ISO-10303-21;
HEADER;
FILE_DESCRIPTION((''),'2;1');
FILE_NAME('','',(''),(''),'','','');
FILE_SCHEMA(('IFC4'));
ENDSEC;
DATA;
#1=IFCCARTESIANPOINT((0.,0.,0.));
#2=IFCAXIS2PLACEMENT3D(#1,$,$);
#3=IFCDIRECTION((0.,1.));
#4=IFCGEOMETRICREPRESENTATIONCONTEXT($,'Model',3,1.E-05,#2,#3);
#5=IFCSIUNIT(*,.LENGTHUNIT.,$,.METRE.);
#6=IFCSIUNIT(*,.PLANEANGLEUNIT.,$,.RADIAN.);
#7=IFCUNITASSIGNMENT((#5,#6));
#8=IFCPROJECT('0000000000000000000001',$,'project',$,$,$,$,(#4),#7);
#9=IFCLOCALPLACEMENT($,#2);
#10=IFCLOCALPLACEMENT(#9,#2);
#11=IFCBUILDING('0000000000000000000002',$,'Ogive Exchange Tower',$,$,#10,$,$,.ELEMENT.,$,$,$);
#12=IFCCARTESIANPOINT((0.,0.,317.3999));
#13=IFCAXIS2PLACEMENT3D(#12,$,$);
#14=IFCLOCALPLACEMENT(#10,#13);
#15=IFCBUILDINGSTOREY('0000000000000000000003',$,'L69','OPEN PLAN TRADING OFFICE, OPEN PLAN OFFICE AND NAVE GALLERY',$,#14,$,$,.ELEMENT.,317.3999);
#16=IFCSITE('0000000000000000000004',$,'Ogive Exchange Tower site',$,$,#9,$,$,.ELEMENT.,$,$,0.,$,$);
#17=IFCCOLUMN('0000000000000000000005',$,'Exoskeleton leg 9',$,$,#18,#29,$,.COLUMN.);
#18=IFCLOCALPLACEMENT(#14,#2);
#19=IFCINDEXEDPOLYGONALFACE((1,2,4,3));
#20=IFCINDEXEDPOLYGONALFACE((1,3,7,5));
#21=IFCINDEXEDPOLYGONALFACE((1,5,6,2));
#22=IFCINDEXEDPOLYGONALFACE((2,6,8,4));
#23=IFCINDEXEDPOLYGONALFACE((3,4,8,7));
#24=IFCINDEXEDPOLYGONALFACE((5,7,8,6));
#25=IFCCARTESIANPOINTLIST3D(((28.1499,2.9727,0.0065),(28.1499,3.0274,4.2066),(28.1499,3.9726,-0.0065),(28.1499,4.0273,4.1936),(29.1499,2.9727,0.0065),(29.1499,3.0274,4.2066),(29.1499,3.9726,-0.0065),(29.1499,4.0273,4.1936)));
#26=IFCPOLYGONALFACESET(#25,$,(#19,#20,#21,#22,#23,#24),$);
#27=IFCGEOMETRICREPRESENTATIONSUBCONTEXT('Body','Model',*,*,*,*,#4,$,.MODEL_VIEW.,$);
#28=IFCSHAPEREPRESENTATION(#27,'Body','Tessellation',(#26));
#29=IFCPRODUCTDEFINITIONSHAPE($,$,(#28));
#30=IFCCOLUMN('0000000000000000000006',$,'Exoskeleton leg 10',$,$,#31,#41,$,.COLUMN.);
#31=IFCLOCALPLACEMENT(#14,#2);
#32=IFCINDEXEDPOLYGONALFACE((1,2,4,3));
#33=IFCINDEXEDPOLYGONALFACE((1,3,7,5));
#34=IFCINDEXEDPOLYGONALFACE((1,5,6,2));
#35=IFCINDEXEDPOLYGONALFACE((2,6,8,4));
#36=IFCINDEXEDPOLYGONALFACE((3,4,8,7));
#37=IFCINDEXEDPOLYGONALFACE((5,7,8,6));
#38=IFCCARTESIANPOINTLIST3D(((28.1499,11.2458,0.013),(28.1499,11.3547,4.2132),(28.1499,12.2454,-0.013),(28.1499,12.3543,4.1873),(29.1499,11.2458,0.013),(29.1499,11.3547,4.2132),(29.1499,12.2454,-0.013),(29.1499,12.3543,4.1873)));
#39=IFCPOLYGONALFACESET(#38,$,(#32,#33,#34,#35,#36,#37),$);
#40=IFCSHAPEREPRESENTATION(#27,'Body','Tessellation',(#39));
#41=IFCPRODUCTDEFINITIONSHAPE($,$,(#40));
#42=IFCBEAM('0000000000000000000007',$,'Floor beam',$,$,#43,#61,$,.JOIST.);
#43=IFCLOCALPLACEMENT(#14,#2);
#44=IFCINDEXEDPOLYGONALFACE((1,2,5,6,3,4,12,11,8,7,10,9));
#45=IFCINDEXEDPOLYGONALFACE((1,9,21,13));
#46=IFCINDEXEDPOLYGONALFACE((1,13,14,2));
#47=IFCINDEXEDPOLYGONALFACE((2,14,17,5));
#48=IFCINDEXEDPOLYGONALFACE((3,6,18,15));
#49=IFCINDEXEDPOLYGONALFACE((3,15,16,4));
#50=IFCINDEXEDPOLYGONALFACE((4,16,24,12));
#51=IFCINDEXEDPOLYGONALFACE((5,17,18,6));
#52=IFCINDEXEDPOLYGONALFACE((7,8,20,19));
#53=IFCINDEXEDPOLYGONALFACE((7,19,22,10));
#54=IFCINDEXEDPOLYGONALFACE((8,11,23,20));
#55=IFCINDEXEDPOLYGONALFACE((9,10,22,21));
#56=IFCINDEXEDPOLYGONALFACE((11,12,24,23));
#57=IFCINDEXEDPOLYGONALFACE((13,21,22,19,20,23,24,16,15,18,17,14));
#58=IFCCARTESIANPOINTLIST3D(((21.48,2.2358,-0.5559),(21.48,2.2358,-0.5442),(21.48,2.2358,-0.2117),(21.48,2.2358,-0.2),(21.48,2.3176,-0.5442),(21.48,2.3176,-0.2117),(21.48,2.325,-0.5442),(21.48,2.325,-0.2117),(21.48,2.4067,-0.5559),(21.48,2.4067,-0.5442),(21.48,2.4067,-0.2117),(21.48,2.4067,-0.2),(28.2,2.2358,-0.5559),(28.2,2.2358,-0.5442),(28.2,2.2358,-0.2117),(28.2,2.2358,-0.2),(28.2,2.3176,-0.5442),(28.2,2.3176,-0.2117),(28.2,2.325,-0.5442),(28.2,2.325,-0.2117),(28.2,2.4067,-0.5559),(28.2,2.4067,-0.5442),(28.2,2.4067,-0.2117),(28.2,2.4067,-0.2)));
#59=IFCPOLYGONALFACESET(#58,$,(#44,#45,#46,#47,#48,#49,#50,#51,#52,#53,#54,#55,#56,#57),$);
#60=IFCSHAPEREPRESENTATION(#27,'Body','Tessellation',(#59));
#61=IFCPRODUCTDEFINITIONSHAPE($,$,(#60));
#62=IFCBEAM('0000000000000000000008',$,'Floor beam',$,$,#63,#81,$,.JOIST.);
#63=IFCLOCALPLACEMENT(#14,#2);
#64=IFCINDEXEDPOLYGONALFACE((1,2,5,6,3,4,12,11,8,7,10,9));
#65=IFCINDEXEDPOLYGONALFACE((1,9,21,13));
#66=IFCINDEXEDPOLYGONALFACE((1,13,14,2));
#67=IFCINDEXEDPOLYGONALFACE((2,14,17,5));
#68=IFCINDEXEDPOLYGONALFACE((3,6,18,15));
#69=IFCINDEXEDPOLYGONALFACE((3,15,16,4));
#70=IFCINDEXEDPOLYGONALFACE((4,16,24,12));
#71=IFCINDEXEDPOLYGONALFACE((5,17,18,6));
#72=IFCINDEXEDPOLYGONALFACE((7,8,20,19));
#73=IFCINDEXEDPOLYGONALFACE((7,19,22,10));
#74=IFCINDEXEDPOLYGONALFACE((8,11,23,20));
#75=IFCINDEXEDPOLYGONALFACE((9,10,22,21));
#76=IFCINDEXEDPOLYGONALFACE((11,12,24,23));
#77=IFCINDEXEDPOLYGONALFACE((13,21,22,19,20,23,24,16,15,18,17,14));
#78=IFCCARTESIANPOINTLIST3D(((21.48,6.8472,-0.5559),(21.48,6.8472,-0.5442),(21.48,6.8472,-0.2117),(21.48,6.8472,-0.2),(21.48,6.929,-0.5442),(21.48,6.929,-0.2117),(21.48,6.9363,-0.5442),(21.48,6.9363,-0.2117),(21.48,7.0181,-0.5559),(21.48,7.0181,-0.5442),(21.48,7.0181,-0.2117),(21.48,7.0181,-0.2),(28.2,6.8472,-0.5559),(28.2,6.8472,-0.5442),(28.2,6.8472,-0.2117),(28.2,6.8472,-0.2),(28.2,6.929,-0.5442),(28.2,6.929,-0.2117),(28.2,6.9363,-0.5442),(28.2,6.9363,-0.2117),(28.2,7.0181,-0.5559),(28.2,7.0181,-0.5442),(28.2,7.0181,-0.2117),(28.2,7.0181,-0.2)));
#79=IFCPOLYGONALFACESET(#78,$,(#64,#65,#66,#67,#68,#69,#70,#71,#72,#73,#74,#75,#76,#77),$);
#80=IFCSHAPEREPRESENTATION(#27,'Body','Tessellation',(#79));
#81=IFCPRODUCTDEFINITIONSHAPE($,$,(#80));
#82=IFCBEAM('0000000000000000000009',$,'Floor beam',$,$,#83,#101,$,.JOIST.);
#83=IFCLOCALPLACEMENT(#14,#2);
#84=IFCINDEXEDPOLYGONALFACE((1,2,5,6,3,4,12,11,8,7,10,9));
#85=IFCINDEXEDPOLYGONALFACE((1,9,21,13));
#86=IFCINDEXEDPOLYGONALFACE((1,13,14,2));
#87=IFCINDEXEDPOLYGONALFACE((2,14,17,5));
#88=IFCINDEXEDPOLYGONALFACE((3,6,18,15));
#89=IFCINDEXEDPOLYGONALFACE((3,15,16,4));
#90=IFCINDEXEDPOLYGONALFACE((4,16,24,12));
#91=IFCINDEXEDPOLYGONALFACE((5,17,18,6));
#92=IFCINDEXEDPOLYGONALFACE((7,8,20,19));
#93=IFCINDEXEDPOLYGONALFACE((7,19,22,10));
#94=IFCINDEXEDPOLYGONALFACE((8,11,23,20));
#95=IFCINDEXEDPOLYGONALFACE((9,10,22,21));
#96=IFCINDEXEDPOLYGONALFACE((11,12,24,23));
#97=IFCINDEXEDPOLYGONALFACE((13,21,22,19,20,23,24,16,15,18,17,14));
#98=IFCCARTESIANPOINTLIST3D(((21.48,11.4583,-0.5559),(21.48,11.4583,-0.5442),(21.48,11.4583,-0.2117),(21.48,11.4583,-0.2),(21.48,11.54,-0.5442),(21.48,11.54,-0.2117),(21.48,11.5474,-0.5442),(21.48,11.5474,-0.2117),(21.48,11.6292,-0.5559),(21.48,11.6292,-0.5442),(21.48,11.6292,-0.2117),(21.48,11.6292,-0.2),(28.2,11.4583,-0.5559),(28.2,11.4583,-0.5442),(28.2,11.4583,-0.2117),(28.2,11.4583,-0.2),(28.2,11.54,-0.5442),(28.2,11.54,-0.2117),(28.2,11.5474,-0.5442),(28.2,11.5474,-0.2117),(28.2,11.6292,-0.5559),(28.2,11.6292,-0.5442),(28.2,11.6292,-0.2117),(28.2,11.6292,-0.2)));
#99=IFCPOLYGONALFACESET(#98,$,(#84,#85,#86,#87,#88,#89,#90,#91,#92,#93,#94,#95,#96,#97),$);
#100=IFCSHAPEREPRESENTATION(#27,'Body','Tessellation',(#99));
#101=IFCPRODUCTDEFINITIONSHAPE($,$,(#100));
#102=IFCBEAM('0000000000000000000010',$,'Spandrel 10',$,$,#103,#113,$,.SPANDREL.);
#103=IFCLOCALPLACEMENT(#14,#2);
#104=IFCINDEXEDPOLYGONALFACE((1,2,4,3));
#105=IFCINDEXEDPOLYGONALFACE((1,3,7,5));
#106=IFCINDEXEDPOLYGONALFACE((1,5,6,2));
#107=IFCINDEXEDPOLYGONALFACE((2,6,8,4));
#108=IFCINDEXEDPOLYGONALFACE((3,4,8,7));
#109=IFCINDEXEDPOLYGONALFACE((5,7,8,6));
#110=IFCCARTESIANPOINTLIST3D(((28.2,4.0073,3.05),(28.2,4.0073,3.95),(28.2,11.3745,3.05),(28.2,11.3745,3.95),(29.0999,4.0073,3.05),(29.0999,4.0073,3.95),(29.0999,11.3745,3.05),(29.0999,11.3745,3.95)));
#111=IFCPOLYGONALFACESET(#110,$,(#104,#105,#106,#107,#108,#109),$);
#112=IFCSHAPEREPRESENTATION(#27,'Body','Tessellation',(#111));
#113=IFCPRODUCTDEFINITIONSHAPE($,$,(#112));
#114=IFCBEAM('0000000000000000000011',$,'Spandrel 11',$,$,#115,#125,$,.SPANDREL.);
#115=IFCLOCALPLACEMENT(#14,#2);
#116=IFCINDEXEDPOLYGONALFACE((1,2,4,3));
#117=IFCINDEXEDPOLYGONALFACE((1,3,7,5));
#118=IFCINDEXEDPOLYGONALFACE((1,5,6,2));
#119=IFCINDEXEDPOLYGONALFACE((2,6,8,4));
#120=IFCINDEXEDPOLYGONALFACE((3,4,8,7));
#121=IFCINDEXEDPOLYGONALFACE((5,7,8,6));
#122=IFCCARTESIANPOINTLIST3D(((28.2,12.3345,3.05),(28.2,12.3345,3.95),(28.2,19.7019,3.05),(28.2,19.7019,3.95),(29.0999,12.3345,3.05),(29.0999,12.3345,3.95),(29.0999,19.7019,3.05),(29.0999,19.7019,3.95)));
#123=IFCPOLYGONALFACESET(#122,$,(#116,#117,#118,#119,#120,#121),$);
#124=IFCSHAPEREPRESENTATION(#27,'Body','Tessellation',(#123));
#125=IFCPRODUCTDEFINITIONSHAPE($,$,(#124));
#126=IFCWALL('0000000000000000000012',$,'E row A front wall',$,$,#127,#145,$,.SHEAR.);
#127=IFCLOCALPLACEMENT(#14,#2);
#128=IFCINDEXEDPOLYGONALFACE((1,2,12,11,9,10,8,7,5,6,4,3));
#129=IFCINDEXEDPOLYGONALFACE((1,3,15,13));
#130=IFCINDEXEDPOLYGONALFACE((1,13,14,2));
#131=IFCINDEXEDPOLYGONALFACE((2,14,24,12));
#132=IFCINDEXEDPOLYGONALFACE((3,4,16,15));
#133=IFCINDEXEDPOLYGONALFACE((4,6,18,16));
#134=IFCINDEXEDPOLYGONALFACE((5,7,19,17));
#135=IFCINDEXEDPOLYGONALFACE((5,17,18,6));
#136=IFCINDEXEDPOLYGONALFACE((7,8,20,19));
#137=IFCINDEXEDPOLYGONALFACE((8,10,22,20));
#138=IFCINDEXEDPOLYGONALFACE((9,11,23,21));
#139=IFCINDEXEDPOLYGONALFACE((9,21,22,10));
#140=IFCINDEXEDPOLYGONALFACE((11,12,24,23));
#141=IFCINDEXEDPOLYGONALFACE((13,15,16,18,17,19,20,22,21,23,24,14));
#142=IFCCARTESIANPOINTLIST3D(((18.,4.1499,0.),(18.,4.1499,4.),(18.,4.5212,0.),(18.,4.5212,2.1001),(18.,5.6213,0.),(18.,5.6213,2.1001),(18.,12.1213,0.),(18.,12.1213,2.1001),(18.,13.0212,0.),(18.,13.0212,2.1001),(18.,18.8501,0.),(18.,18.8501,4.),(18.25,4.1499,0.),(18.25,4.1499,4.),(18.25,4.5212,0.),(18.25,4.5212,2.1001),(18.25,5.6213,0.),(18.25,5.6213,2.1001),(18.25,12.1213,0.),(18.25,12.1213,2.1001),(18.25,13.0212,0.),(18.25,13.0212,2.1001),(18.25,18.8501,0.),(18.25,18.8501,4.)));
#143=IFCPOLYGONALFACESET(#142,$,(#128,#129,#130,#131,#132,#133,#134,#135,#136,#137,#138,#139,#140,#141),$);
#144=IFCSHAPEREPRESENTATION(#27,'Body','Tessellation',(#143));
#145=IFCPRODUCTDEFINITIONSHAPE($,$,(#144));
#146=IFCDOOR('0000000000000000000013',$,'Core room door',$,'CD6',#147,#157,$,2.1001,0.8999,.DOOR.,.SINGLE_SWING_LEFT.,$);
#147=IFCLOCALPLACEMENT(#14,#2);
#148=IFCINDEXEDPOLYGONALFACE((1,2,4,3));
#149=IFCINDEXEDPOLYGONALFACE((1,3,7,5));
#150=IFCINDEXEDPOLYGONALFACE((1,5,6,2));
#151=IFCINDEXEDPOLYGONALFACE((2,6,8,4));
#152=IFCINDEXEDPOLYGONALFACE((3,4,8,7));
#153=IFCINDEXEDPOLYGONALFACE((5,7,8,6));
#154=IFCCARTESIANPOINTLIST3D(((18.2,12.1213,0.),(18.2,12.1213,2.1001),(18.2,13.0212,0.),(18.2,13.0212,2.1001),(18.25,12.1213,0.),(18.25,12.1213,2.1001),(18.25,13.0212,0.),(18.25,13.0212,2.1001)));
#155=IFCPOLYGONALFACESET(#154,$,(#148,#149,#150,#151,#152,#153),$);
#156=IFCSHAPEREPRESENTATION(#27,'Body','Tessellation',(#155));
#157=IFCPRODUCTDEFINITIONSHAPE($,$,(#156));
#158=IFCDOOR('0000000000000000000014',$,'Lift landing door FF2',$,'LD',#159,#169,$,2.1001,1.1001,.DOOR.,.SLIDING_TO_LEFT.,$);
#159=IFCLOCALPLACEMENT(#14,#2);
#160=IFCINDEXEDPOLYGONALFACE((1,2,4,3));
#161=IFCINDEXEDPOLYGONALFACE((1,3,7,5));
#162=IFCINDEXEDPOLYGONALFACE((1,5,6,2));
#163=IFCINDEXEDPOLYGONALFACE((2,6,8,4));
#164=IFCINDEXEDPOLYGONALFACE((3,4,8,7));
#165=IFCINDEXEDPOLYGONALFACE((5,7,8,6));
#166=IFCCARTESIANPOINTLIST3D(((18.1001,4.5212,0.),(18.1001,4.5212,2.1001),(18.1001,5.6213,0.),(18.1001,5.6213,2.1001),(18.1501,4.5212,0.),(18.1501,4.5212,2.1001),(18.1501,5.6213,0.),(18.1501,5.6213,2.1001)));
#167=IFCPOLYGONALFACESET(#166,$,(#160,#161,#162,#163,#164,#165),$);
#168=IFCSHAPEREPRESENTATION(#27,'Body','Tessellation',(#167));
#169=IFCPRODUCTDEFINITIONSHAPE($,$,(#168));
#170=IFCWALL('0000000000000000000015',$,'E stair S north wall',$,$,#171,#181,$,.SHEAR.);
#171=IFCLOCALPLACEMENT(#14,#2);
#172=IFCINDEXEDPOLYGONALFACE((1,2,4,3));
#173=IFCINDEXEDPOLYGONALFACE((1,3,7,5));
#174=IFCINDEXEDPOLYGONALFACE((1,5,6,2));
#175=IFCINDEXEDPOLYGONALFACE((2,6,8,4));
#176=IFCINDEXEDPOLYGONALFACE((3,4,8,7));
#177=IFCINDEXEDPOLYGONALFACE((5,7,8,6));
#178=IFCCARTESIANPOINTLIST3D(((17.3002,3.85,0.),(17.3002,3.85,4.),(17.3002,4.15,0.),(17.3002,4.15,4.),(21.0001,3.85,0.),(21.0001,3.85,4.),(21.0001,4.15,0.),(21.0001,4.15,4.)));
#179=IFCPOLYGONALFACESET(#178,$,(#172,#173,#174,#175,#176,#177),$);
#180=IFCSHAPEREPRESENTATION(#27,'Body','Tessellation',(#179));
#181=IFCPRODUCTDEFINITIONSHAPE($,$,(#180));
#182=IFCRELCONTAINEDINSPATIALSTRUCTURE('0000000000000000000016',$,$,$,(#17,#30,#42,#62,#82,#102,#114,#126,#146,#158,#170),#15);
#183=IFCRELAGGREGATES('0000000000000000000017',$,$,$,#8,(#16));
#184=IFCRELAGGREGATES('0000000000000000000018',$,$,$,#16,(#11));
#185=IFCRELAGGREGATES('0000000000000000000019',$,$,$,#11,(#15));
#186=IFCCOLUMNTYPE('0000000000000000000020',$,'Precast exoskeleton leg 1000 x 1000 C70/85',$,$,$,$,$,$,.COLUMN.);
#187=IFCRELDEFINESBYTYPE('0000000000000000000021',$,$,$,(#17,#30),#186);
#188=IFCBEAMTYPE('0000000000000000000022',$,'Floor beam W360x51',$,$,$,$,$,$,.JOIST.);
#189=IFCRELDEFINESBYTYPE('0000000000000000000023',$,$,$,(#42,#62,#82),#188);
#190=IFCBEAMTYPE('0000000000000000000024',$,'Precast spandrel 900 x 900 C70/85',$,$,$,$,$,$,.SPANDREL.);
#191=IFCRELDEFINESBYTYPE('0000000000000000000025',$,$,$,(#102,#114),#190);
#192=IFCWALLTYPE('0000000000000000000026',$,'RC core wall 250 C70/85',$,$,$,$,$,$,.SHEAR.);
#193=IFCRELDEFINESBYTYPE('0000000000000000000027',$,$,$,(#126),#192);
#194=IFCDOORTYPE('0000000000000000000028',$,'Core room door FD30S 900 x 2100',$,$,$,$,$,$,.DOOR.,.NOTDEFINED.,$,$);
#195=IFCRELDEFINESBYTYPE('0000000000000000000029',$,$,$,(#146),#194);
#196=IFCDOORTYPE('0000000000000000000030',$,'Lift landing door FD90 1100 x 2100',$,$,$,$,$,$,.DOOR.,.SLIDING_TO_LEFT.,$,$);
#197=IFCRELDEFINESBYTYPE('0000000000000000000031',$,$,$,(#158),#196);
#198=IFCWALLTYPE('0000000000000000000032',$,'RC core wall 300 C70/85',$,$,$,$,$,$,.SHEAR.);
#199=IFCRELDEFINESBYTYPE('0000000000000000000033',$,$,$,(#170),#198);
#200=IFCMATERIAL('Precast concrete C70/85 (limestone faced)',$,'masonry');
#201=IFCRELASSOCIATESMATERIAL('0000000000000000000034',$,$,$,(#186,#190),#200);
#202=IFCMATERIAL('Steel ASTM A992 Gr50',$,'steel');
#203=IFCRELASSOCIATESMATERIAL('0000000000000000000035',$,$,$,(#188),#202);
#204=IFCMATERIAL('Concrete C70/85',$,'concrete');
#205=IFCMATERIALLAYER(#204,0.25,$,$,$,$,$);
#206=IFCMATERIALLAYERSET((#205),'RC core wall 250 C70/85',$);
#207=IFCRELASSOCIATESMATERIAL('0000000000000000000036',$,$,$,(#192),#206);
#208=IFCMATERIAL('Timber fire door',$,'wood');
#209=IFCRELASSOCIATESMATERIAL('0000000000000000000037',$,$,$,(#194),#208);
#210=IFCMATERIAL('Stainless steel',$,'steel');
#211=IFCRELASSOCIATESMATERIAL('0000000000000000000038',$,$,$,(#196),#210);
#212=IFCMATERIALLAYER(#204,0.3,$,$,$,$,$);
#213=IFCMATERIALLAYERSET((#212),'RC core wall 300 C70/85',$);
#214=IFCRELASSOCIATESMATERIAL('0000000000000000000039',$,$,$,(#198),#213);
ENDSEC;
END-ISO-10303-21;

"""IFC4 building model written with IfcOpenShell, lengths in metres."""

from ifc_helpers import new_model, si_unit, direction, frame, frame_2d, origin, origin_2d, place, context, subcontext, project, spatial, rectangle, i_section, extrude, material, layer, layer_set, material_profile, profile_set, type_object, element, fill, save


model = new_model("IFC4")

# Units and contexts
model_context = context("Model", 3, precision=1e-05, world=origin(), true_north=direction((0.0, 1.0)))
body_context = subcontext(model_context, "Body", "Model", "MODEL_VIEW")
ifc_project = project(units=[si_unit("LENGTHUNIT", "METRE"), si_unit("PLANEANGLEUNIT", "RADIAN")], contexts=[model_context])

# Site, building, storey
site_placement = place(None, origin())
site = spatial("IfcSite", under=ifc_project, at=site_placement, Name="Ogive Exchange Tower site", CompositionType="ELEMENT", RefElevation=0.0)
building_placement = place(site_placement, origin())
building = spatial("IfcBuilding", under=site, at=building_placement, Name="Ogive Exchange Tower", CompositionType="ELEMENT")
storey_placement = place(building_placement, frame((0.0, 0.0, 317.3999)))
storey = spatial("IfcBuildingStorey", under=building, at=storey_placement, Name="L69", Description="OPEN PLAN TRADING OFFICE, OPEN PLAN OFFICE AND NAVE GALLERY", CompositionType="ELEMENT", Elevation=317.3999)

# Columns
ifc_material_1 = material(Name="Precast concrete C70/85 (limestone faced)", Category="masonry")
ifc_material_profile_1 = material_profile(ifc_material_1, rectangle(XDim=1.0, YDim=1.0, at=origin_2d()), Name="1000 x 1000")
ifc_profile_set_1 = profile_set([ifc_material_profile_1], Name="Precast concrete C70/85 (limestone faced)")
column_type = type_object("IfcColumnType", Name="Precast exoskeleton leg 1000 x 1000 C70/85", PredefinedType="COLUMN", material=ifc_profile_set_1)
column_1_placement = place(storey_placement, frame((28.6499, 3.4727, 0.0), z_axis=(0.0, 0.013019, 0.999915), x_axis=(-1.0, 0.0, 0.0)))
element("IfcColumn", 1, at=column_1_placement, inside=storey, type_object=column_type, Name="Exoskeleton leg 9", PredefinedType="COLUMN", context=body_context, shape_type="SweptSolid", body=[
    extrude(rectangle(XDim=1.0, YDim=1.0, at=origin_2d()), origin(), (0.0, 0.0, 1.0), 4.2004),
])
column_2_placement = place(storey_placement, frame((28.6499, 11.7456, 0.0), z_axis=(0.0, 0.025915, 0.999664), x_axis=(-1.0, 0.0, 0.0)))
element("IfcColumn", 2, at=column_2_placement, inside=storey, type_object=column_type, Name="Exoskeleton leg 10", PredefinedType="COLUMN", context=body_context, shape_type="SweptSolid", body=[
    extrude(rectangle(XDim=1.0, YDim=1.0, at=origin_2d()), origin(), (0.0, 0.0, 1.0), 4.2017),
])

# Beams
ifc_material_2 = material(Name="Steel ASTM A992 Gr50", Category="steel")
ifc_material_profile_2 = material_profile(ifc_material_2, i_section(OverallWidth=0.1709, OverallDepth=0.356, WebThickness=0.0073, FlangeThickness=0.0117, at=origin_2d()), Name="W360x51")
ifc_profile_set_2 = profile_set([ifc_material_profile_2], Name="Steel ASTM A992 Gr50")
beam_type_1 = type_object("IfcBeamType", Name="Floor beam W360x51", PredefinedType="JOIST", material=ifc_profile_set_2)
for number, where, z_axis, x_axis, name in (
    (3, (21.48, 2.3213, -0.3779), (1.0, 0.0, 0.0), (0.0, 1.0, 0.0), "Floor beam"),
    (4, (21.48, 6.9326, -0.3779), (1.0, 0.0, 0.0), (0.0, 1.0, 0.0), "Floor beam"),
    (5, (21.48, 11.5437, -0.3779), (1.0, 0.0, 0.0), (0.0, 1.0, 0.0), "Floor beam"),
):
    element("IfcBeam", number, at=place(storey_placement, frame(where, z_axis=z_axis, x_axis=x_axis)), inside=storey, type_object=beam_type_1, Name=name, PredefinedType="JOIST", context=body_context, shape_type="SweptSolid", body=[
        extrude(i_section(OverallWidth=0.1709, OverallDepth=0.356, WebThickness=0.0073, FlangeThickness=0.0117, at=origin_2d()), origin(), (0.0, 0.0, 1.0), 6.72),
    ])
ifc_material_profile_3 = material_profile(ifc_material_1, rectangle(XDim=0.8999, YDim=0.8999, at=origin_2d()), Name="900 x 900")
ifc_profile_set_3 = profile_set([ifc_material_profile_3], Name="Precast concrete C70/85 (limestone faced)")
beam_type_2 = type_object("IfcBeamType", Name="Precast spandrel 900 x 900 C70/85", PredefinedType="SPANDREL", material=ifc_profile_set_3)
beam_1_placement = place(storey_placement, frame((28.6499, 4.0073, 3.5), z_axis=(0.0, 1.0, 0.0), x_axis=(-1.0, 0.0, 0.0)))
element("IfcBeam", 6, at=beam_1_placement, inside=storey, type_object=beam_type_2, Name="Spandrel 10", PredefinedType="SPANDREL", context=body_context, shape_type="SweptSolid", body=[
    extrude(rectangle(XDim=0.8999, YDim=0.8999, at=origin_2d()), origin(), (0.0, 0.0, 1.0), 7.3672),
])
beam_2_placement = place(storey_placement, frame((28.6499, 12.3345, 3.5), z_axis=(0.0, 1.0, 0.0), x_axis=(-1.0, 0.0, 0.0)))
element("IfcBeam", 7, at=beam_2_placement, inside=storey, type_object=beam_type_2, Name="Spandrel 11", PredefinedType="SPANDREL", context=body_context, shape_type="SweptSolid", body=[
    extrude(rectangle(XDim=0.8999, YDim=0.8999, at=origin_2d()), origin(), (0.0, 0.0, 1.0), 7.3674),
])

# Wall, openings, doors
ifc_material_3 = material(Name="Concrete C70/85", Category="concrete")
ifc_layer_1 = layer(ifc_material_3, 0.25)
ifc_layer_set_1 = layer_set([ifc_layer_1], Name="RC core wall 250 C70/85")
wall_type_1 = type_object("IfcWallType", Name="RC core wall 250 C70/85", PredefinedType="SHEAR", material=ifc_layer_set_1)
wall_1_placement = place(storey_placement, frame((18.125, 4.1499, 0.0), z_axis=(0.0, 0.0, 1.0), x_axis=(0.0, 1.0, 0.0)))
wall_1 = element("IfcWall", 8, at=wall_1_placement, inside=storey, type_object=wall_type_1, Name="E row A front wall", PredefinedType="SHEAR", context=body_context, shape_type="SweptSolid", body=[
    extrude(rectangle(XDim=14.7002, YDim=0.25, at=frame_2d((7.3501, 0.0))), origin(), (0.0, 0.0, 1.0), 4.0),
])
opening_1_placement = place(wall_1_placement, frame((7.9714, 0.0, 0.0)))
opening_1 = element("IfcOpeningElement", 9, at=opening_1_placement, cuts=wall_1, PredefinedType="OPENING", context=body_context, shape_type="SweptSolid", body=[
    extrude(rectangle(XDim=0.8999, YDim=2.1001, at=frame_2d((0.45, 1.05))), frame((0.0, 0.135, 0.0), z_axis=(0.0, -1.0, 0.0), x_axis=(1.0, 0.0, 0.0)), (0.0, 0.0, 1.0), 0.27),
])
opening_2_placement = place(wall_1_placement, frame((0.3713, 0.0, 0.0)))
opening_2 = element("IfcOpeningElement", 10, at=opening_2_placement, cuts=wall_1, PredefinedType="OPENING", context=body_context, shape_type="SweptSolid", body=[
    extrude(rectangle(XDim=1.1001, YDim=2.1001, at=frame_2d((0.55, 1.05))), frame((0.0, 0.135, 0.0), z_axis=(0.0, -1.0, 0.0), x_axis=(1.0, 0.0, 0.0)), (0.0, 0.0, 1.0), 0.27),
])
ifc_material_4 = material(Name="Timber fire door", Category="wood")
door_type_1 = type_object("IfcDoorType", Name="Core room door FD30S 900 x 2100", OperationType="NOTDEFINED", PredefinedType="DOOR", material=ifc_material_4)
door_1_placement = place(opening_1_placement, frame((0.8999, -0.2002, 0.0), z_axis=(0.0, 0.0, 1.0), x_axis=(-1.0, 0.0, 0.0)))
door_1 = element("IfcDoor", 11, at=door_1_placement, inside=storey, type_object=door_type_1, Name="Core room door", ObjectType="CD6", OperationType="SINGLE_SWING_LEFT", OverallHeight=2.1001, OverallWidth=0.8999, PredefinedType="DOOR", context=body_context, shape_type="SweptSolid", body=[
    extrude(rectangle(XDim=0.8999, YDim=2.1001, at=frame_2d((0.45, 1.05))), frame((0.0, -0.0752, 0.0), z_axis=(0.0, -1.0, 0.0), x_axis=(1.0, 0.0, 0.0)), (0.0, 0.0, 1.0), 0.05),
])
fill(opening_1, door_1)
ifc_material_5 = material(Name="Stainless steel", Category="steel")
door_type_2 = type_object("IfcDoorType", Name="Lift landing door FD90 1100 x 2100", OperationType="SLIDING_TO_LEFT", PredefinedType="DOOR", material=ifc_material_5)
door_2_placement = place(opening_2_placement, origin())
door_2 = element("IfcDoor", 12, at=door_2_placement, inside=storey, type_object=door_type_2, Name="Lift landing door FF2", ObjectType="LD", OperationType="SLIDING_TO_LEFT", OverallHeight=2.1001, OverallWidth=1.1001, PredefinedType="DOOR", context=body_context, shape_type="SweptSolid", body=[
    extrude(rectangle(XDim=1.1001, YDim=2.1001, at=frame_2d((0.55, 1.05))), frame((0.0, 0.0249, 0.0), z_axis=(0.0, -1.0, 0.0), x_axis=(1.0, 0.0, 0.0)), (0.0, 0.0, 1.0), 0.05),
])
fill(opening_2, door_2)

# Wall
ifc_layer_2 = layer(ifc_material_3, 0.3)
ifc_layer_set_2 = layer_set([ifc_layer_2], Name="RC core wall 300 C70/85")
wall_type_2 = type_object("IfcWallType", Name="RC core wall 300 C70/85", PredefinedType="SHEAR", material=ifc_layer_set_2)
for number, where, z_axis, x_axis, name in (
    (13, (17.3, 4.0, 0.0), (0.0, 0.0, 1.0), (1.0, 0.0, 0.0), "E stair S north wall"),
):
    element("IfcWall", number, at=place(storey_placement, frame(where, z_axis=z_axis, x_axis=x_axis)), inside=storey, type_object=wall_type_2, Name=name, PredefinedType="SHEAR", context=body_context, shape_type="SweptSolid", body=[
        extrude(rectangle(XDim=3.7, YDim=0.3, at=frame_2d((1.8501, 0.0))), origin(), (0.0, 0.0, 1.0), 4.0),
    ])

save(model, "model.ifc")
